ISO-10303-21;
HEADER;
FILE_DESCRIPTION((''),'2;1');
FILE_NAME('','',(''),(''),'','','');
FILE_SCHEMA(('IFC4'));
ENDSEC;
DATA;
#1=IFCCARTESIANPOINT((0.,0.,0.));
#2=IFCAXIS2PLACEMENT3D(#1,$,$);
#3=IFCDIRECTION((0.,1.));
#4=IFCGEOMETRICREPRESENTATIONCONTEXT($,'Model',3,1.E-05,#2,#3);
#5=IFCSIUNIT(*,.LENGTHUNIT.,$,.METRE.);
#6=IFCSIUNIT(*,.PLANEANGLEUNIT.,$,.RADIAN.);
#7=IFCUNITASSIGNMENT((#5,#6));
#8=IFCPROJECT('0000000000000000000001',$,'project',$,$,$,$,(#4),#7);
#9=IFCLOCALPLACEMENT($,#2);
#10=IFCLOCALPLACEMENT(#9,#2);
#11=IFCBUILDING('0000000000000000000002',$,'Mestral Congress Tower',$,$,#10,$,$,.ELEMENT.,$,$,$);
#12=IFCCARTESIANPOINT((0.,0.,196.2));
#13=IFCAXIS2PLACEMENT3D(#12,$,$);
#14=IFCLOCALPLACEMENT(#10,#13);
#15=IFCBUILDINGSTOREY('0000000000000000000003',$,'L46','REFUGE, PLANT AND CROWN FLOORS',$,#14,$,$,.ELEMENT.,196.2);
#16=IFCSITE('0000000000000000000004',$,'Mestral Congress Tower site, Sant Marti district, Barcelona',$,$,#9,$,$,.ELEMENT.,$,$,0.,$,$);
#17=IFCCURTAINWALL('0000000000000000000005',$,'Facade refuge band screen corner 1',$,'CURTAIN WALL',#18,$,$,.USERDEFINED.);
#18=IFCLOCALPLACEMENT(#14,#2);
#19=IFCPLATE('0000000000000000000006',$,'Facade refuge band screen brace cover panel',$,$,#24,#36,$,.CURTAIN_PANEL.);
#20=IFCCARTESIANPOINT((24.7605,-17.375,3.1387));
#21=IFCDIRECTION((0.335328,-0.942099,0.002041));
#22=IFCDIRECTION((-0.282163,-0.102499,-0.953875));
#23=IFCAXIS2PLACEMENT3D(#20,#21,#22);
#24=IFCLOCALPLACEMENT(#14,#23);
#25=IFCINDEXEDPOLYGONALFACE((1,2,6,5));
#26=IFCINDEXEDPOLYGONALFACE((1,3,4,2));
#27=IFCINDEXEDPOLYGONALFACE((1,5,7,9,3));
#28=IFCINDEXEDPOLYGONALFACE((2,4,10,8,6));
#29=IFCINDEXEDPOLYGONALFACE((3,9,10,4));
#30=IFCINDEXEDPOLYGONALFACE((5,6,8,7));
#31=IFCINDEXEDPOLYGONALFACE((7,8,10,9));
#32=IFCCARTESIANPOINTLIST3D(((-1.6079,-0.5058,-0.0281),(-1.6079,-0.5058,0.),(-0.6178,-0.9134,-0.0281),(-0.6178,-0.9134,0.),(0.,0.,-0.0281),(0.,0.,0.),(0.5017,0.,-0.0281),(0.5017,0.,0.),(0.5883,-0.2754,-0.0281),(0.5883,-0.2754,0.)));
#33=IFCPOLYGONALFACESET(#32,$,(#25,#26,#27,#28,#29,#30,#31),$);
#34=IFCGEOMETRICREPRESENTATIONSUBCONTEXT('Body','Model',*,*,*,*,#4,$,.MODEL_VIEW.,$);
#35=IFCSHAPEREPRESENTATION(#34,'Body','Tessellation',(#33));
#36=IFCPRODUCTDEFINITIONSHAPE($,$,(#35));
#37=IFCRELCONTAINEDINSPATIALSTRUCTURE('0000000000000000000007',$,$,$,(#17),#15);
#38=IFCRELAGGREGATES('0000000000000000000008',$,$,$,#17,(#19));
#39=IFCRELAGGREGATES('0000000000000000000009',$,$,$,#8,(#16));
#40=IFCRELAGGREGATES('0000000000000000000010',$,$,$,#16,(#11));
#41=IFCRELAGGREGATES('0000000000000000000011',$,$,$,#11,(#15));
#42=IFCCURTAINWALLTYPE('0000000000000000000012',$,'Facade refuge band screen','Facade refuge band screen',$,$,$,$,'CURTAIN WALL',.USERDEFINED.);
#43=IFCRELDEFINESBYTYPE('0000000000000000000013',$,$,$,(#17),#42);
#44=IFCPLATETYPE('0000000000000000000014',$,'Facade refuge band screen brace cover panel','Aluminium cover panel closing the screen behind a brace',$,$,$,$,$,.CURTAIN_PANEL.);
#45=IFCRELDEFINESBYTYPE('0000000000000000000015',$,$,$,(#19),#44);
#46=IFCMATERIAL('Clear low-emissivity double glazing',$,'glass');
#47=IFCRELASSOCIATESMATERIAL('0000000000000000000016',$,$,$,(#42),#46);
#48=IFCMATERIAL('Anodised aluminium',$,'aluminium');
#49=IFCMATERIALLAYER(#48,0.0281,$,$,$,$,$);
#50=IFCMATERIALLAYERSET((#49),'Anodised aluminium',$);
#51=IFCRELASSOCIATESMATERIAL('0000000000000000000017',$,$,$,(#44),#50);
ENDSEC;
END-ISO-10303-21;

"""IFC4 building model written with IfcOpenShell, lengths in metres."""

from ifc_helpers import new_model, si_unit, direction, frame, origin, place, context, subcontext, project, spatial, polyline, outline, extrude, material, layer, layer_set, type_object, element, aggregate, save


model = new_model("IFC4")

# Units and contexts
model_context = context("Model", 3, precision=1e-05, world=origin(), true_north=direction((0.0, 1.0)))
body_context = subcontext(model_context, "Body", "Model", "MODEL_VIEW")
ifc_project = project(units=[si_unit("LENGTHUNIT", "METRE"), si_unit("PLANEANGLEUNIT", "RADIAN")], contexts=[model_context])

# Site, building, storey
site_placement = place(None, origin())
site = spatial("IfcSite", under=ifc_project, at=site_placement, Name="Mestral Congress Tower site, Sant Marti district, Barcelona", CompositionType="ELEMENT", RefElevation=0.0)
building_placement = place(site_placement, origin())
building = spatial("IfcBuilding", under=site, at=building_placement, Name="Mestral Congress Tower", CompositionType="ELEMENT")
storey_placement = place(building_placement, frame((0.0, 0.0, 196.2)))
storey = spatial("IfcBuildingStorey", under=building, at=storey_placement, Name="L46", Description="REFUGE, PLANT AND CROWN FLOORS", CompositionType="ELEMENT", Elevation=196.2)

# Curtain wall
ifc_material_1 = material(Name="Clear low-emissivity double glazing", Category="glass")
curtain_wall_type = type_object("IfcCurtainWallType", Name="Facade refuge band screen", Description="Facade refuge band screen", ElementType="CURTAIN WALL", PredefinedType="USERDEFINED", material=ifc_material_1)
curtain_wall_placement = place(storey_placement, origin())
curtain_wall = element("IfcCurtainWall", 1, at=curtain_wall_placement, inside=storey, type_object=curtain_wall_type, Name="Facade refuge band screen corner 1", ObjectType="CURTAIN WALL", PredefinedType="USERDEFINED")
ifc_material_2 = material(Name="Anodised aluminium", Category="aluminium")

# Plate
ifc_layer_1 = layer(ifc_material_2, 0.0281)
ifc_layer_set_1 = layer_set([ifc_layer_1], Name="Anodised aluminium")
plate_type_1 = type_object("IfcPlateType", Name="Facade refuge band screen brace cover panel", Description="Aluminium cover panel closing the screen behind a brace", PredefinedType="CURTAIN_PANEL", material=ifc_layer_set_1)
plate_1_placement = place(storey_placement, frame((24.7605, -17.375, 3.1387), z_axis=(0.335328, -0.942099, 0.002041), x_axis=(-0.282163, -0.102499, -0.953875)))
plate_1 = element("IfcPlate", 2, at=plate_1_placement, type_object=plate_type_1, Name="Facade refuge band screen brace cover panel", PredefinedType="CURTAIN_PANEL", context=body_context, shape_type="SweptSolid", body=[
    extrude(outline(polyline([(0.0, 0.0), (0.5017, 0.0), (0.5883, -0.2754), (-0.6178, -0.9134), (-1.6079, -0.5058), (0.0, 0.0)])), origin(), (0.0, 0.0, -1.0), 0.0281),
])

aggregate(curtain_wall, [plate_1])

save(model, "model.ifc")
